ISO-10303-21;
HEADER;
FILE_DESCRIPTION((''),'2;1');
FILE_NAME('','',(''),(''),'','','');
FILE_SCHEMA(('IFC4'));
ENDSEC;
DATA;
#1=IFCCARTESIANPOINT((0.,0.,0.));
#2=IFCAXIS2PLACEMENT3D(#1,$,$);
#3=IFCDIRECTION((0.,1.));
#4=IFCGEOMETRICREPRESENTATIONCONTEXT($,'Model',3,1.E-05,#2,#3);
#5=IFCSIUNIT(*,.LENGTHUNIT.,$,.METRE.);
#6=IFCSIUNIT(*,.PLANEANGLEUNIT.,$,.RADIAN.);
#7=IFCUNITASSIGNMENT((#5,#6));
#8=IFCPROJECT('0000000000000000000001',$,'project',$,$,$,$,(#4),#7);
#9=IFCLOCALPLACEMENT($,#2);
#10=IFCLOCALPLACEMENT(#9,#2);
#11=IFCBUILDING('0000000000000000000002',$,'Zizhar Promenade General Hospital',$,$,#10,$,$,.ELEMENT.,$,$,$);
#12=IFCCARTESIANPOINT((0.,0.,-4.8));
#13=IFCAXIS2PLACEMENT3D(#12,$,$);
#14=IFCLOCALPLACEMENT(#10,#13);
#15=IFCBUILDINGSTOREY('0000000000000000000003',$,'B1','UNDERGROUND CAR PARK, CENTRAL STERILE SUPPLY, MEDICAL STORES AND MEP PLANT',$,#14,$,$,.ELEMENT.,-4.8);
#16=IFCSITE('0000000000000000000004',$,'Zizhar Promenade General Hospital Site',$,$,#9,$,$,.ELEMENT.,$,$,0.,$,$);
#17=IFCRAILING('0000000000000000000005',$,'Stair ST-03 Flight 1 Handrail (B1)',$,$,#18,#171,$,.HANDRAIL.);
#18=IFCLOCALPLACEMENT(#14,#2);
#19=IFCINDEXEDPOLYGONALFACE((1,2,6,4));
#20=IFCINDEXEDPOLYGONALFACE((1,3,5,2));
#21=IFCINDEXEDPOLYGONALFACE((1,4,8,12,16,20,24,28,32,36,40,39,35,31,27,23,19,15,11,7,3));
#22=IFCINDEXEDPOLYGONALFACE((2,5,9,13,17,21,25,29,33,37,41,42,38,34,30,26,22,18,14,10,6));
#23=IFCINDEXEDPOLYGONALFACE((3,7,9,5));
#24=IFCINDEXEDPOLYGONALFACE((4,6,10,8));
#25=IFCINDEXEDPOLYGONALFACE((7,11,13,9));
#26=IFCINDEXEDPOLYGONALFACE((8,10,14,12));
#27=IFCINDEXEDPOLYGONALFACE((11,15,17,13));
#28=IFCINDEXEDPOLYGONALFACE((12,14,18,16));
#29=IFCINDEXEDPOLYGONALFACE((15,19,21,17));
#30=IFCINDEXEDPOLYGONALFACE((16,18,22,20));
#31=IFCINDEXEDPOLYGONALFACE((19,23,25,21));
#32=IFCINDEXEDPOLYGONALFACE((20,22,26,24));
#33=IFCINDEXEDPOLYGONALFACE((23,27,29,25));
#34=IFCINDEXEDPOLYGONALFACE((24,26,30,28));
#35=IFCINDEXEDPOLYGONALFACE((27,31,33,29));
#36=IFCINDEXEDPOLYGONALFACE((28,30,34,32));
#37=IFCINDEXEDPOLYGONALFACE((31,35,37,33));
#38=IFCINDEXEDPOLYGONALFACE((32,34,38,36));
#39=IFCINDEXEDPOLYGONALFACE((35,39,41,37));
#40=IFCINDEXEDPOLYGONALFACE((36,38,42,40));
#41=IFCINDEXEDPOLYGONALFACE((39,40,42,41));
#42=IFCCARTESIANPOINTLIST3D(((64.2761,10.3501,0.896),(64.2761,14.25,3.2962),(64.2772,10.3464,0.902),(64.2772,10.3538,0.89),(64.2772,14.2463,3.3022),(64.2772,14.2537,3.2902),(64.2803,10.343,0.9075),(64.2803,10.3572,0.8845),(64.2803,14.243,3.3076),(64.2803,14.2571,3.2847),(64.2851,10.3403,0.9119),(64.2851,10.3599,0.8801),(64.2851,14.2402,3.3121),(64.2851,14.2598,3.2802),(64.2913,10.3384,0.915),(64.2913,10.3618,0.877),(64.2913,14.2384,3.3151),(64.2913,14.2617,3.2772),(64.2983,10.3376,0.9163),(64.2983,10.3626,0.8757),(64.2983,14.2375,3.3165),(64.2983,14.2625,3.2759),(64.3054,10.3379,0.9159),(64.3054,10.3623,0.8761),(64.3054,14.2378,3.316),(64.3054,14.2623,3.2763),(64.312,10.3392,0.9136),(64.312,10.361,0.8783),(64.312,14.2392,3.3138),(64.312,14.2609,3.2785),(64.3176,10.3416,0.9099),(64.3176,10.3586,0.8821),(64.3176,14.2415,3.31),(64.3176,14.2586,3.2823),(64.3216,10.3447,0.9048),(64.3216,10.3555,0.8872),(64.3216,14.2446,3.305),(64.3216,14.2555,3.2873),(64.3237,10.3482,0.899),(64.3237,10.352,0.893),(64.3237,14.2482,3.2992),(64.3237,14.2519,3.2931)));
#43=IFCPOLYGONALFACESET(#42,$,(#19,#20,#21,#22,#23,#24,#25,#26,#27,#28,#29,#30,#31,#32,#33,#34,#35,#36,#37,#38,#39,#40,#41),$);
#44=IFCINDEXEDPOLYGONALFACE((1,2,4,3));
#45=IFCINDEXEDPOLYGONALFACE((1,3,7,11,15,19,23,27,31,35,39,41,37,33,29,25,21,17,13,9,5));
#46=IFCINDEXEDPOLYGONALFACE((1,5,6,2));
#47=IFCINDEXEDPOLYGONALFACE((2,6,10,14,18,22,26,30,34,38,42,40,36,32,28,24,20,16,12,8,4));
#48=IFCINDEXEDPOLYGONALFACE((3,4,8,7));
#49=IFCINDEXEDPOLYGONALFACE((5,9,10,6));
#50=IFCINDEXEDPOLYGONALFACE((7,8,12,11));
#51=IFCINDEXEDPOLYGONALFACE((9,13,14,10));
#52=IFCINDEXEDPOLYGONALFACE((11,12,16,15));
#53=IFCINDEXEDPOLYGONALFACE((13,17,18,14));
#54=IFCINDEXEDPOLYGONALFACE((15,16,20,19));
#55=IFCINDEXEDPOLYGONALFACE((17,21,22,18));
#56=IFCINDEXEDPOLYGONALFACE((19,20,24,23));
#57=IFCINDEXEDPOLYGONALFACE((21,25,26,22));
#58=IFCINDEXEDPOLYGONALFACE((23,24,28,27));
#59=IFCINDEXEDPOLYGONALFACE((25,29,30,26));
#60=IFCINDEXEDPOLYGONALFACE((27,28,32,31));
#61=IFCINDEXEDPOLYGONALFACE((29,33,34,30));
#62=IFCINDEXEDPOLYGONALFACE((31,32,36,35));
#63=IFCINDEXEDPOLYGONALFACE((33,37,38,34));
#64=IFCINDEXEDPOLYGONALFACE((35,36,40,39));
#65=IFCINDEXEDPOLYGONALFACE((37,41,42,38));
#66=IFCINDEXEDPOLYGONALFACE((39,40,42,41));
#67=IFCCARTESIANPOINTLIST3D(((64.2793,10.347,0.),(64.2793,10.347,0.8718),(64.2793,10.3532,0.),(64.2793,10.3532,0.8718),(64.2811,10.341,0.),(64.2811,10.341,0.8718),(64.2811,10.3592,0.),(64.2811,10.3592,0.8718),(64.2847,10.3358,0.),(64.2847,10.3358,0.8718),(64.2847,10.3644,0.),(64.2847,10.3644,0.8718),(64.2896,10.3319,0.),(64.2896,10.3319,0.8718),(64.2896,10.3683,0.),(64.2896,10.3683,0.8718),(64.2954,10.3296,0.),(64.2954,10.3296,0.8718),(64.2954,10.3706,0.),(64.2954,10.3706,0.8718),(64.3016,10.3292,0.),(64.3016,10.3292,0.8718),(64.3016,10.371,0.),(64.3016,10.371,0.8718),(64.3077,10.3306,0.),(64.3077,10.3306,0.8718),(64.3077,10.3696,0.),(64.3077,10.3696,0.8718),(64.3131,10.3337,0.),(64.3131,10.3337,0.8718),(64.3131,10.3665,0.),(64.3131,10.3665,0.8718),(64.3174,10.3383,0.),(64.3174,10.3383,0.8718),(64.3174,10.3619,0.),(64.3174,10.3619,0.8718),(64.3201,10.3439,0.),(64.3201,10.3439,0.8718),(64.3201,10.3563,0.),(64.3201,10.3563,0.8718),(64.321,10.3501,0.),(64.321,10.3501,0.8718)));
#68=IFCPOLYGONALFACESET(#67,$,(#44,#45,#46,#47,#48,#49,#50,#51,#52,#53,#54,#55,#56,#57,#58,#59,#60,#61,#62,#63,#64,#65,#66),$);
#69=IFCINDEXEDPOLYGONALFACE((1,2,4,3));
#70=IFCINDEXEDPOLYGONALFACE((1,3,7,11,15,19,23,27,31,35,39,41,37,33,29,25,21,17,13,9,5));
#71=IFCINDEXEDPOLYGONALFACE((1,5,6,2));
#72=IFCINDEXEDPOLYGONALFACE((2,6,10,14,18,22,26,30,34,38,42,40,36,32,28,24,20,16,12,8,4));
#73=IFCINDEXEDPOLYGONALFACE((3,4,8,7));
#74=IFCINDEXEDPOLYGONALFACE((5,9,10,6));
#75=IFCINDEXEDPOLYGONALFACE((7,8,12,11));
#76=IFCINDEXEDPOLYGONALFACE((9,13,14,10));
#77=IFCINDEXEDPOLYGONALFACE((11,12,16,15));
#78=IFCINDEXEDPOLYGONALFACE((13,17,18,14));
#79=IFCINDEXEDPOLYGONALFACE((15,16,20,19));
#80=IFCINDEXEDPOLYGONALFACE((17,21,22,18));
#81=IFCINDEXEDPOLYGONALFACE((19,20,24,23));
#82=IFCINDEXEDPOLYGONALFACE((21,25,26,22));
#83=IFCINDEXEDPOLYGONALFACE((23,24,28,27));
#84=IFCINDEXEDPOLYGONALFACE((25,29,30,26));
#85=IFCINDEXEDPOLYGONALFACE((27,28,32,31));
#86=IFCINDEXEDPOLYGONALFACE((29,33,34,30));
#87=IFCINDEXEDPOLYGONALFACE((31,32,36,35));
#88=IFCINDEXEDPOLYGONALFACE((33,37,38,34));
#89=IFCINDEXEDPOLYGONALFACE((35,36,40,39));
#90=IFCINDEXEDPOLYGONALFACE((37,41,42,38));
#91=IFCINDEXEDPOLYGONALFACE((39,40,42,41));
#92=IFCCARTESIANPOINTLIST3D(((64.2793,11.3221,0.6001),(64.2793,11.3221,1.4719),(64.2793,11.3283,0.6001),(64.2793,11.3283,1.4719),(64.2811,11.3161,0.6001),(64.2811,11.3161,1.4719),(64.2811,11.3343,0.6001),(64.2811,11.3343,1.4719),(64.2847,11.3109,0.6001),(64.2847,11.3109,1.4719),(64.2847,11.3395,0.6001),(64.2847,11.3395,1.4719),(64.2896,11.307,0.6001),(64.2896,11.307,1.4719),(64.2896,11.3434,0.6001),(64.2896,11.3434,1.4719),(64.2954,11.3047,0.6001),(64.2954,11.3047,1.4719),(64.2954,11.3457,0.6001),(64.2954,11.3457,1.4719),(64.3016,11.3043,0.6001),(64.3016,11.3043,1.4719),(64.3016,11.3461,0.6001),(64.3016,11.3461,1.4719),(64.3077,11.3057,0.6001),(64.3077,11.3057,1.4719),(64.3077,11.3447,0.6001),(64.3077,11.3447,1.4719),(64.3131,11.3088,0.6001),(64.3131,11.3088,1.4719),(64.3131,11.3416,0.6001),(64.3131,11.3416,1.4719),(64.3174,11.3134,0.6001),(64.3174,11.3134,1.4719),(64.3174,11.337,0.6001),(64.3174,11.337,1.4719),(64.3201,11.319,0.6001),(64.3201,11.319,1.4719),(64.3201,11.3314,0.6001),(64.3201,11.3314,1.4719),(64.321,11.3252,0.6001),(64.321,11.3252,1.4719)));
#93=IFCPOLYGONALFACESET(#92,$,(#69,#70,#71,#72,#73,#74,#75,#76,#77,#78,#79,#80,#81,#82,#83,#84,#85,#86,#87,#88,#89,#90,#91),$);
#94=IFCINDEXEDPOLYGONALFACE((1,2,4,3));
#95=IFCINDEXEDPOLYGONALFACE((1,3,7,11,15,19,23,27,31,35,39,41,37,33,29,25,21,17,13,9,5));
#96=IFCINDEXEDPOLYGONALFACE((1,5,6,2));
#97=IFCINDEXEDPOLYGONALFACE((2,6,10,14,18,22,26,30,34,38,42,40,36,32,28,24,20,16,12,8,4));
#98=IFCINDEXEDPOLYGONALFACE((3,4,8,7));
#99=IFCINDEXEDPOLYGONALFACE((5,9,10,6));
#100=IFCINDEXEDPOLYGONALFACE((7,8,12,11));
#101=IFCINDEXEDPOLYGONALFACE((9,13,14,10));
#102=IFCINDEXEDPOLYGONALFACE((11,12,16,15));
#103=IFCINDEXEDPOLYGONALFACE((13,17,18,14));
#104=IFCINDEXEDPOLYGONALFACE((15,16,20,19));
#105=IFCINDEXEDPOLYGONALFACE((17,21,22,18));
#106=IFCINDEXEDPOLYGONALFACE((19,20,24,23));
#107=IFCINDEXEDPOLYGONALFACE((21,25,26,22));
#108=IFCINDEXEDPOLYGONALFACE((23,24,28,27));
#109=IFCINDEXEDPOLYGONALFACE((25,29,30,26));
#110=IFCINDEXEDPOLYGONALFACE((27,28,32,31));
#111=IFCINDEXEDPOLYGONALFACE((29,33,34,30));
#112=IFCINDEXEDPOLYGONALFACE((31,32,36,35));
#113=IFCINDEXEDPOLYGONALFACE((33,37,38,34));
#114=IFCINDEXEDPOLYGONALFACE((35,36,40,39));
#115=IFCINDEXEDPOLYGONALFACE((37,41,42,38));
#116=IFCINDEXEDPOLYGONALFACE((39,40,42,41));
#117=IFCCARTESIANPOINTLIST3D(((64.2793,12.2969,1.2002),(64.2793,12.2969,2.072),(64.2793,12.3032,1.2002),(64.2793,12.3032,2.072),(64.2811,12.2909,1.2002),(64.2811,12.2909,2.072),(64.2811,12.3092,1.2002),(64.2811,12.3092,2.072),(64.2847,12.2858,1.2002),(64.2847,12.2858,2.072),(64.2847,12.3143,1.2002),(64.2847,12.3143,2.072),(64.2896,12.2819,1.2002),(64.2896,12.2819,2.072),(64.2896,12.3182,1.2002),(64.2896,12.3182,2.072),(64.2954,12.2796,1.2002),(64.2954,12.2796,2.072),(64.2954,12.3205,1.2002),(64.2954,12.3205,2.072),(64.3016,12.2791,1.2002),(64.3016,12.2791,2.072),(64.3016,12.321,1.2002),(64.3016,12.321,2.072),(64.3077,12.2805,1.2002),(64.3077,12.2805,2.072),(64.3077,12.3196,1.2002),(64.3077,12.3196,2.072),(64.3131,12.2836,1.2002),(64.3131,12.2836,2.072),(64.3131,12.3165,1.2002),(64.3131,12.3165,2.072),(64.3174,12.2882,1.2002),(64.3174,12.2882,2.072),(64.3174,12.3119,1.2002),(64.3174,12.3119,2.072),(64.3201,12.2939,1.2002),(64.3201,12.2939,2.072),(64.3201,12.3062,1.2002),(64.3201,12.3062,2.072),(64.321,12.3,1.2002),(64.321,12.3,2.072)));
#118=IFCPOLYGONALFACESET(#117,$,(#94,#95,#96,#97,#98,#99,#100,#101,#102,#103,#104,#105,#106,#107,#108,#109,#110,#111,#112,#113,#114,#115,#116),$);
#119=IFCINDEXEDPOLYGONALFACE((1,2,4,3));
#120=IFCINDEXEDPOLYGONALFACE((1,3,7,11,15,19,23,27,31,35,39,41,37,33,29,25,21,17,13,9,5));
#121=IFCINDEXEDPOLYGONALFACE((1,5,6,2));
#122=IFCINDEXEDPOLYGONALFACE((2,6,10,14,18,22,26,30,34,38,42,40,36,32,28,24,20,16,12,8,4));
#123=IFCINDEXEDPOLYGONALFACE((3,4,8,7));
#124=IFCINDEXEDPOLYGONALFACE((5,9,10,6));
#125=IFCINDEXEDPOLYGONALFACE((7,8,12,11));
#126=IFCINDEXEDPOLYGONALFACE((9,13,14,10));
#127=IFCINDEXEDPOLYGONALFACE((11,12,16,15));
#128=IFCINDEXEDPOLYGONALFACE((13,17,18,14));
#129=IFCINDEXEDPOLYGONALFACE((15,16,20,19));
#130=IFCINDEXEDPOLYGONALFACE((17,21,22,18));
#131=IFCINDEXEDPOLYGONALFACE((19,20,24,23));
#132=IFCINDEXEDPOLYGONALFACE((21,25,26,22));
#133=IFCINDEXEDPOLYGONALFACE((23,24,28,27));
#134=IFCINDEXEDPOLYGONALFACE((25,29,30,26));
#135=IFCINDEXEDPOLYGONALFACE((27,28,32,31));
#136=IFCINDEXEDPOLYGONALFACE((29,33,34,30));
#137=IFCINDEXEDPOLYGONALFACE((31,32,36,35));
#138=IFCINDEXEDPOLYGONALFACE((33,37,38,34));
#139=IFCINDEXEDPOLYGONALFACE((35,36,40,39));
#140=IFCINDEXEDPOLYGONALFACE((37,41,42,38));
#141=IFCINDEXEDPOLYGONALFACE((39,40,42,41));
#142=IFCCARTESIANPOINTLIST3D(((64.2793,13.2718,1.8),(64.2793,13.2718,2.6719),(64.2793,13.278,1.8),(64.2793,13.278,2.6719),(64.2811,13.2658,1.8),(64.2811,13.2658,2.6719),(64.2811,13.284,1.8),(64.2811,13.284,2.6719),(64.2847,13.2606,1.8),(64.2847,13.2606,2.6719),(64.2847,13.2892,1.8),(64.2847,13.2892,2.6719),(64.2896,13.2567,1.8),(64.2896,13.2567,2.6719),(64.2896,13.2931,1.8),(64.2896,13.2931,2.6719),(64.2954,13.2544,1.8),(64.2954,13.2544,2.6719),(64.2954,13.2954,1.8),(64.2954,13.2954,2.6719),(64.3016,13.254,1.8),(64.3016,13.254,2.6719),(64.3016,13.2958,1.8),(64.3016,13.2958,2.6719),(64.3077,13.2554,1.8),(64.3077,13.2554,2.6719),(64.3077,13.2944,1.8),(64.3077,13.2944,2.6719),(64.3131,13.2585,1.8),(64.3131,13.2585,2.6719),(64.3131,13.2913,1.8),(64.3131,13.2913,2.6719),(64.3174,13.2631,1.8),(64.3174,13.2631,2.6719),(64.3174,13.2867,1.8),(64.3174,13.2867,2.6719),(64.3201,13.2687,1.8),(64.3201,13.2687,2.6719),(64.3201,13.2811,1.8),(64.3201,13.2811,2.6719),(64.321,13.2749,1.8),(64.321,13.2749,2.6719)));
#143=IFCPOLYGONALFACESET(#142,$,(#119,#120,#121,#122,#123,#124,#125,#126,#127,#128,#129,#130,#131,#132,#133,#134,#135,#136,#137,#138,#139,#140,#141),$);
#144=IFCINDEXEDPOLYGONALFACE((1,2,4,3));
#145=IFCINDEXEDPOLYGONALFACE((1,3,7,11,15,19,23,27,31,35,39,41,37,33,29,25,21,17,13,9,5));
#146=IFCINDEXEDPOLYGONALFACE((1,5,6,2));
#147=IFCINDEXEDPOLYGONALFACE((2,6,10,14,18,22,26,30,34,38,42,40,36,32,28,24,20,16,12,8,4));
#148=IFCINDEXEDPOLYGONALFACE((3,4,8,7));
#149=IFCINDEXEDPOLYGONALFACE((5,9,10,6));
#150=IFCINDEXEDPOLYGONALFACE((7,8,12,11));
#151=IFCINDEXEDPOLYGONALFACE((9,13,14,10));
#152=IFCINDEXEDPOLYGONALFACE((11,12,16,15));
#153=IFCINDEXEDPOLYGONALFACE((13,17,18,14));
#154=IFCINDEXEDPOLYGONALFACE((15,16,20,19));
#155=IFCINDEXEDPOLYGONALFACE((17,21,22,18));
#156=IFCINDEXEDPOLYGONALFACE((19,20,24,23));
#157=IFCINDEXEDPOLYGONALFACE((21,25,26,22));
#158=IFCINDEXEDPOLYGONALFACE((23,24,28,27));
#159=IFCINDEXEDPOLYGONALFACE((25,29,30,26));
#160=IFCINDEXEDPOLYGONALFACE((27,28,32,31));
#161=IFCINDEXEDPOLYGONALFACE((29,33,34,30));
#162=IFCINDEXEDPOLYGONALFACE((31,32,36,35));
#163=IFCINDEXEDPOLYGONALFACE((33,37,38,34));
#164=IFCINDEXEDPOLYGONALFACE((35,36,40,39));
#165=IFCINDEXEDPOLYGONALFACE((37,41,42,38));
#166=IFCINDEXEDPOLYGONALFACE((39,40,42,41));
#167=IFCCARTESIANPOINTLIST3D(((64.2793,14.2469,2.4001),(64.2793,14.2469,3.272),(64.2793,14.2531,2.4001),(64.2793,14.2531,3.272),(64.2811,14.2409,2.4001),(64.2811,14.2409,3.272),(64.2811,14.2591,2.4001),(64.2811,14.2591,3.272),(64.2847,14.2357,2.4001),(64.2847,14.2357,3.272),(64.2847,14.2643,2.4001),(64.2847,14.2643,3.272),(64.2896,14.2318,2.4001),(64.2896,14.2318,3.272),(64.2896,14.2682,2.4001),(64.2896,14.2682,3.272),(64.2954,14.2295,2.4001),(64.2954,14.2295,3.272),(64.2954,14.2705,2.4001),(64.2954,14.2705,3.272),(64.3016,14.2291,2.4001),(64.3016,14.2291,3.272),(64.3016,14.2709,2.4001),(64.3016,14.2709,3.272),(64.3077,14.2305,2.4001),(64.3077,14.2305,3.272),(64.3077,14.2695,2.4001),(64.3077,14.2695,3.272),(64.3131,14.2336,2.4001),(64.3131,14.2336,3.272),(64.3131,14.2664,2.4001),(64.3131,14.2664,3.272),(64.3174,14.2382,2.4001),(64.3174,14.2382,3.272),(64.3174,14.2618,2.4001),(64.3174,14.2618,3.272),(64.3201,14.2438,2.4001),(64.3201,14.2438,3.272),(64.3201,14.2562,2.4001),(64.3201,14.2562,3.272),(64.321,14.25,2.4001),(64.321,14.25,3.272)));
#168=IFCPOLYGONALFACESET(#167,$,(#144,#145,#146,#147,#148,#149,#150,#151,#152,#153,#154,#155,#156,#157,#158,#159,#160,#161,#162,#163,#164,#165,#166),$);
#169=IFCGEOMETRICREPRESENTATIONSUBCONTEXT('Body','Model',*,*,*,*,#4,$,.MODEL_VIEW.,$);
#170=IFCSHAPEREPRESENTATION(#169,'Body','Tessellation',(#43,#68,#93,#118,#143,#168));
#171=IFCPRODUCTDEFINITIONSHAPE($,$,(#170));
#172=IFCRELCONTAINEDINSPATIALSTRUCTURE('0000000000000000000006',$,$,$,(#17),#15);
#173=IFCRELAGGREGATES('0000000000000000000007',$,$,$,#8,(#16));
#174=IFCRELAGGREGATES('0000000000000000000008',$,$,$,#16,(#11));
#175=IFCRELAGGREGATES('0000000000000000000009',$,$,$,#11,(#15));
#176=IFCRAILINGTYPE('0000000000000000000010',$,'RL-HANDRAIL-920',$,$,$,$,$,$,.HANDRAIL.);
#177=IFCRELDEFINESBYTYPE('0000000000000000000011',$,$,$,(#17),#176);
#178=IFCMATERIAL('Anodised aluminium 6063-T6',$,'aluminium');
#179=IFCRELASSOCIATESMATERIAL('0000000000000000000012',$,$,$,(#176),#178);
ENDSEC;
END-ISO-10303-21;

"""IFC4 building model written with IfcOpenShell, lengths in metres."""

from ifc_helpers import new_model, si_unit, direction, frame, origin, origin_2d, place, context, subcontext, project, spatial, circle, hollow_circle, extrude, material, material_profile, profile_set, type_object, element, save


model = new_model("IFC4")

# Units and contexts
model_context = context("Model", 3, precision=1e-05, world=origin(), true_north=direction((0.0, 1.0)))
body_context = subcontext(model_context, "Body", "Model", "MODEL_VIEW")
ifc_project = project(units=[si_unit("LENGTHUNIT", "METRE"), si_unit("PLANEANGLEUNIT", "RADIAN")], contexts=[model_context])

# Site, building, storey
site_placement = place(None, origin())
site = spatial("IfcSite", under=ifc_project, at=site_placement, Name="Zizhar Promenade General Hospital Site", CompositionType="ELEMENT", RefElevation=0.0)
building_placement = place(site_placement, origin())
building = spatial("IfcBuilding", under=site, at=building_placement, Name="Zizhar Promenade General Hospital", CompositionType="ELEMENT")
storey_placement = place(building_placement, frame((0.0, 0.0, -4.8)))
storey = spatial("IfcBuildingStorey", under=building, at=storey_placement, Name="B1", Description="UNDERGROUND CAR PARK, CENTRAL STERILE SUPPLY, MEDICAL STORES AND MEP PLANT", CompositionType="ELEMENT", Elevation=-4.8)

# Railing
ifc_material_1 = material(Name="Anodised aluminium 6063-T6", Category="aluminium")
ifc_material_profile_1 = material_profile(ifc_material_1, hollow_circle(Radius=0.0698, WallThickness=0.0063, at=origin_2d()))
ifc_profile_set_1 = profile_set([ifc_material_profile_1], Name="Anodised aluminium 6063-T6")
railing_type_1 = type_object("IfcRailingType", Name="RL-HANDRAIL-920", PredefinedType="HANDRAIL", material=ifc_profile_set_1)
railing_1_placement = place(storey_placement, frame((64.3, 10.3501, 0.0)))
element("IfcRailing", 1, at=railing_1_placement, inside=storey, type_object=railing_type_1, Name="Stair ST-03 Flight 1 Handrail (B1)", PredefinedType="HANDRAIL", context=body_context, shape_type="SweptSolid", body=[
    extrude(circle(Radius=0.0239, at=origin_2d()), frame((0.0, 0.0, 0.896), z_axis=(0.0, 0.851638, 0.52413), x_axis=(-1.0, 0.0, 0.0)), (0.0, 0.0, 1.0), 4.5793),
    extrude(circle(Radius=0.021, at=origin_2d()), origin(), (0.0, 0.0, 1.0), 0.8718),
    extrude(circle(Radius=0.021, at=origin_2d()), frame((0.0, 0.9751, 0.6001)), (0.0, 0.0, 1.0), 0.8718),
    extrude(circle(Radius=0.021, at=origin_2d()), frame((0.0, 1.95, 1.2002)), (0.0, 0.0, 1.0), 0.8718),
    extrude(circle(Radius=0.021, at=origin_2d()), frame((0.0, 2.9248, 1.8)), (0.0, 0.0, 1.0), 0.8718),
    extrude(circle(Radius=0.021, at=origin_2d()), frame((0.0, 3.8999, 2.4001)), (0.0, 0.0, 1.0), 0.8718),
])

save(model, "model.ifc")
